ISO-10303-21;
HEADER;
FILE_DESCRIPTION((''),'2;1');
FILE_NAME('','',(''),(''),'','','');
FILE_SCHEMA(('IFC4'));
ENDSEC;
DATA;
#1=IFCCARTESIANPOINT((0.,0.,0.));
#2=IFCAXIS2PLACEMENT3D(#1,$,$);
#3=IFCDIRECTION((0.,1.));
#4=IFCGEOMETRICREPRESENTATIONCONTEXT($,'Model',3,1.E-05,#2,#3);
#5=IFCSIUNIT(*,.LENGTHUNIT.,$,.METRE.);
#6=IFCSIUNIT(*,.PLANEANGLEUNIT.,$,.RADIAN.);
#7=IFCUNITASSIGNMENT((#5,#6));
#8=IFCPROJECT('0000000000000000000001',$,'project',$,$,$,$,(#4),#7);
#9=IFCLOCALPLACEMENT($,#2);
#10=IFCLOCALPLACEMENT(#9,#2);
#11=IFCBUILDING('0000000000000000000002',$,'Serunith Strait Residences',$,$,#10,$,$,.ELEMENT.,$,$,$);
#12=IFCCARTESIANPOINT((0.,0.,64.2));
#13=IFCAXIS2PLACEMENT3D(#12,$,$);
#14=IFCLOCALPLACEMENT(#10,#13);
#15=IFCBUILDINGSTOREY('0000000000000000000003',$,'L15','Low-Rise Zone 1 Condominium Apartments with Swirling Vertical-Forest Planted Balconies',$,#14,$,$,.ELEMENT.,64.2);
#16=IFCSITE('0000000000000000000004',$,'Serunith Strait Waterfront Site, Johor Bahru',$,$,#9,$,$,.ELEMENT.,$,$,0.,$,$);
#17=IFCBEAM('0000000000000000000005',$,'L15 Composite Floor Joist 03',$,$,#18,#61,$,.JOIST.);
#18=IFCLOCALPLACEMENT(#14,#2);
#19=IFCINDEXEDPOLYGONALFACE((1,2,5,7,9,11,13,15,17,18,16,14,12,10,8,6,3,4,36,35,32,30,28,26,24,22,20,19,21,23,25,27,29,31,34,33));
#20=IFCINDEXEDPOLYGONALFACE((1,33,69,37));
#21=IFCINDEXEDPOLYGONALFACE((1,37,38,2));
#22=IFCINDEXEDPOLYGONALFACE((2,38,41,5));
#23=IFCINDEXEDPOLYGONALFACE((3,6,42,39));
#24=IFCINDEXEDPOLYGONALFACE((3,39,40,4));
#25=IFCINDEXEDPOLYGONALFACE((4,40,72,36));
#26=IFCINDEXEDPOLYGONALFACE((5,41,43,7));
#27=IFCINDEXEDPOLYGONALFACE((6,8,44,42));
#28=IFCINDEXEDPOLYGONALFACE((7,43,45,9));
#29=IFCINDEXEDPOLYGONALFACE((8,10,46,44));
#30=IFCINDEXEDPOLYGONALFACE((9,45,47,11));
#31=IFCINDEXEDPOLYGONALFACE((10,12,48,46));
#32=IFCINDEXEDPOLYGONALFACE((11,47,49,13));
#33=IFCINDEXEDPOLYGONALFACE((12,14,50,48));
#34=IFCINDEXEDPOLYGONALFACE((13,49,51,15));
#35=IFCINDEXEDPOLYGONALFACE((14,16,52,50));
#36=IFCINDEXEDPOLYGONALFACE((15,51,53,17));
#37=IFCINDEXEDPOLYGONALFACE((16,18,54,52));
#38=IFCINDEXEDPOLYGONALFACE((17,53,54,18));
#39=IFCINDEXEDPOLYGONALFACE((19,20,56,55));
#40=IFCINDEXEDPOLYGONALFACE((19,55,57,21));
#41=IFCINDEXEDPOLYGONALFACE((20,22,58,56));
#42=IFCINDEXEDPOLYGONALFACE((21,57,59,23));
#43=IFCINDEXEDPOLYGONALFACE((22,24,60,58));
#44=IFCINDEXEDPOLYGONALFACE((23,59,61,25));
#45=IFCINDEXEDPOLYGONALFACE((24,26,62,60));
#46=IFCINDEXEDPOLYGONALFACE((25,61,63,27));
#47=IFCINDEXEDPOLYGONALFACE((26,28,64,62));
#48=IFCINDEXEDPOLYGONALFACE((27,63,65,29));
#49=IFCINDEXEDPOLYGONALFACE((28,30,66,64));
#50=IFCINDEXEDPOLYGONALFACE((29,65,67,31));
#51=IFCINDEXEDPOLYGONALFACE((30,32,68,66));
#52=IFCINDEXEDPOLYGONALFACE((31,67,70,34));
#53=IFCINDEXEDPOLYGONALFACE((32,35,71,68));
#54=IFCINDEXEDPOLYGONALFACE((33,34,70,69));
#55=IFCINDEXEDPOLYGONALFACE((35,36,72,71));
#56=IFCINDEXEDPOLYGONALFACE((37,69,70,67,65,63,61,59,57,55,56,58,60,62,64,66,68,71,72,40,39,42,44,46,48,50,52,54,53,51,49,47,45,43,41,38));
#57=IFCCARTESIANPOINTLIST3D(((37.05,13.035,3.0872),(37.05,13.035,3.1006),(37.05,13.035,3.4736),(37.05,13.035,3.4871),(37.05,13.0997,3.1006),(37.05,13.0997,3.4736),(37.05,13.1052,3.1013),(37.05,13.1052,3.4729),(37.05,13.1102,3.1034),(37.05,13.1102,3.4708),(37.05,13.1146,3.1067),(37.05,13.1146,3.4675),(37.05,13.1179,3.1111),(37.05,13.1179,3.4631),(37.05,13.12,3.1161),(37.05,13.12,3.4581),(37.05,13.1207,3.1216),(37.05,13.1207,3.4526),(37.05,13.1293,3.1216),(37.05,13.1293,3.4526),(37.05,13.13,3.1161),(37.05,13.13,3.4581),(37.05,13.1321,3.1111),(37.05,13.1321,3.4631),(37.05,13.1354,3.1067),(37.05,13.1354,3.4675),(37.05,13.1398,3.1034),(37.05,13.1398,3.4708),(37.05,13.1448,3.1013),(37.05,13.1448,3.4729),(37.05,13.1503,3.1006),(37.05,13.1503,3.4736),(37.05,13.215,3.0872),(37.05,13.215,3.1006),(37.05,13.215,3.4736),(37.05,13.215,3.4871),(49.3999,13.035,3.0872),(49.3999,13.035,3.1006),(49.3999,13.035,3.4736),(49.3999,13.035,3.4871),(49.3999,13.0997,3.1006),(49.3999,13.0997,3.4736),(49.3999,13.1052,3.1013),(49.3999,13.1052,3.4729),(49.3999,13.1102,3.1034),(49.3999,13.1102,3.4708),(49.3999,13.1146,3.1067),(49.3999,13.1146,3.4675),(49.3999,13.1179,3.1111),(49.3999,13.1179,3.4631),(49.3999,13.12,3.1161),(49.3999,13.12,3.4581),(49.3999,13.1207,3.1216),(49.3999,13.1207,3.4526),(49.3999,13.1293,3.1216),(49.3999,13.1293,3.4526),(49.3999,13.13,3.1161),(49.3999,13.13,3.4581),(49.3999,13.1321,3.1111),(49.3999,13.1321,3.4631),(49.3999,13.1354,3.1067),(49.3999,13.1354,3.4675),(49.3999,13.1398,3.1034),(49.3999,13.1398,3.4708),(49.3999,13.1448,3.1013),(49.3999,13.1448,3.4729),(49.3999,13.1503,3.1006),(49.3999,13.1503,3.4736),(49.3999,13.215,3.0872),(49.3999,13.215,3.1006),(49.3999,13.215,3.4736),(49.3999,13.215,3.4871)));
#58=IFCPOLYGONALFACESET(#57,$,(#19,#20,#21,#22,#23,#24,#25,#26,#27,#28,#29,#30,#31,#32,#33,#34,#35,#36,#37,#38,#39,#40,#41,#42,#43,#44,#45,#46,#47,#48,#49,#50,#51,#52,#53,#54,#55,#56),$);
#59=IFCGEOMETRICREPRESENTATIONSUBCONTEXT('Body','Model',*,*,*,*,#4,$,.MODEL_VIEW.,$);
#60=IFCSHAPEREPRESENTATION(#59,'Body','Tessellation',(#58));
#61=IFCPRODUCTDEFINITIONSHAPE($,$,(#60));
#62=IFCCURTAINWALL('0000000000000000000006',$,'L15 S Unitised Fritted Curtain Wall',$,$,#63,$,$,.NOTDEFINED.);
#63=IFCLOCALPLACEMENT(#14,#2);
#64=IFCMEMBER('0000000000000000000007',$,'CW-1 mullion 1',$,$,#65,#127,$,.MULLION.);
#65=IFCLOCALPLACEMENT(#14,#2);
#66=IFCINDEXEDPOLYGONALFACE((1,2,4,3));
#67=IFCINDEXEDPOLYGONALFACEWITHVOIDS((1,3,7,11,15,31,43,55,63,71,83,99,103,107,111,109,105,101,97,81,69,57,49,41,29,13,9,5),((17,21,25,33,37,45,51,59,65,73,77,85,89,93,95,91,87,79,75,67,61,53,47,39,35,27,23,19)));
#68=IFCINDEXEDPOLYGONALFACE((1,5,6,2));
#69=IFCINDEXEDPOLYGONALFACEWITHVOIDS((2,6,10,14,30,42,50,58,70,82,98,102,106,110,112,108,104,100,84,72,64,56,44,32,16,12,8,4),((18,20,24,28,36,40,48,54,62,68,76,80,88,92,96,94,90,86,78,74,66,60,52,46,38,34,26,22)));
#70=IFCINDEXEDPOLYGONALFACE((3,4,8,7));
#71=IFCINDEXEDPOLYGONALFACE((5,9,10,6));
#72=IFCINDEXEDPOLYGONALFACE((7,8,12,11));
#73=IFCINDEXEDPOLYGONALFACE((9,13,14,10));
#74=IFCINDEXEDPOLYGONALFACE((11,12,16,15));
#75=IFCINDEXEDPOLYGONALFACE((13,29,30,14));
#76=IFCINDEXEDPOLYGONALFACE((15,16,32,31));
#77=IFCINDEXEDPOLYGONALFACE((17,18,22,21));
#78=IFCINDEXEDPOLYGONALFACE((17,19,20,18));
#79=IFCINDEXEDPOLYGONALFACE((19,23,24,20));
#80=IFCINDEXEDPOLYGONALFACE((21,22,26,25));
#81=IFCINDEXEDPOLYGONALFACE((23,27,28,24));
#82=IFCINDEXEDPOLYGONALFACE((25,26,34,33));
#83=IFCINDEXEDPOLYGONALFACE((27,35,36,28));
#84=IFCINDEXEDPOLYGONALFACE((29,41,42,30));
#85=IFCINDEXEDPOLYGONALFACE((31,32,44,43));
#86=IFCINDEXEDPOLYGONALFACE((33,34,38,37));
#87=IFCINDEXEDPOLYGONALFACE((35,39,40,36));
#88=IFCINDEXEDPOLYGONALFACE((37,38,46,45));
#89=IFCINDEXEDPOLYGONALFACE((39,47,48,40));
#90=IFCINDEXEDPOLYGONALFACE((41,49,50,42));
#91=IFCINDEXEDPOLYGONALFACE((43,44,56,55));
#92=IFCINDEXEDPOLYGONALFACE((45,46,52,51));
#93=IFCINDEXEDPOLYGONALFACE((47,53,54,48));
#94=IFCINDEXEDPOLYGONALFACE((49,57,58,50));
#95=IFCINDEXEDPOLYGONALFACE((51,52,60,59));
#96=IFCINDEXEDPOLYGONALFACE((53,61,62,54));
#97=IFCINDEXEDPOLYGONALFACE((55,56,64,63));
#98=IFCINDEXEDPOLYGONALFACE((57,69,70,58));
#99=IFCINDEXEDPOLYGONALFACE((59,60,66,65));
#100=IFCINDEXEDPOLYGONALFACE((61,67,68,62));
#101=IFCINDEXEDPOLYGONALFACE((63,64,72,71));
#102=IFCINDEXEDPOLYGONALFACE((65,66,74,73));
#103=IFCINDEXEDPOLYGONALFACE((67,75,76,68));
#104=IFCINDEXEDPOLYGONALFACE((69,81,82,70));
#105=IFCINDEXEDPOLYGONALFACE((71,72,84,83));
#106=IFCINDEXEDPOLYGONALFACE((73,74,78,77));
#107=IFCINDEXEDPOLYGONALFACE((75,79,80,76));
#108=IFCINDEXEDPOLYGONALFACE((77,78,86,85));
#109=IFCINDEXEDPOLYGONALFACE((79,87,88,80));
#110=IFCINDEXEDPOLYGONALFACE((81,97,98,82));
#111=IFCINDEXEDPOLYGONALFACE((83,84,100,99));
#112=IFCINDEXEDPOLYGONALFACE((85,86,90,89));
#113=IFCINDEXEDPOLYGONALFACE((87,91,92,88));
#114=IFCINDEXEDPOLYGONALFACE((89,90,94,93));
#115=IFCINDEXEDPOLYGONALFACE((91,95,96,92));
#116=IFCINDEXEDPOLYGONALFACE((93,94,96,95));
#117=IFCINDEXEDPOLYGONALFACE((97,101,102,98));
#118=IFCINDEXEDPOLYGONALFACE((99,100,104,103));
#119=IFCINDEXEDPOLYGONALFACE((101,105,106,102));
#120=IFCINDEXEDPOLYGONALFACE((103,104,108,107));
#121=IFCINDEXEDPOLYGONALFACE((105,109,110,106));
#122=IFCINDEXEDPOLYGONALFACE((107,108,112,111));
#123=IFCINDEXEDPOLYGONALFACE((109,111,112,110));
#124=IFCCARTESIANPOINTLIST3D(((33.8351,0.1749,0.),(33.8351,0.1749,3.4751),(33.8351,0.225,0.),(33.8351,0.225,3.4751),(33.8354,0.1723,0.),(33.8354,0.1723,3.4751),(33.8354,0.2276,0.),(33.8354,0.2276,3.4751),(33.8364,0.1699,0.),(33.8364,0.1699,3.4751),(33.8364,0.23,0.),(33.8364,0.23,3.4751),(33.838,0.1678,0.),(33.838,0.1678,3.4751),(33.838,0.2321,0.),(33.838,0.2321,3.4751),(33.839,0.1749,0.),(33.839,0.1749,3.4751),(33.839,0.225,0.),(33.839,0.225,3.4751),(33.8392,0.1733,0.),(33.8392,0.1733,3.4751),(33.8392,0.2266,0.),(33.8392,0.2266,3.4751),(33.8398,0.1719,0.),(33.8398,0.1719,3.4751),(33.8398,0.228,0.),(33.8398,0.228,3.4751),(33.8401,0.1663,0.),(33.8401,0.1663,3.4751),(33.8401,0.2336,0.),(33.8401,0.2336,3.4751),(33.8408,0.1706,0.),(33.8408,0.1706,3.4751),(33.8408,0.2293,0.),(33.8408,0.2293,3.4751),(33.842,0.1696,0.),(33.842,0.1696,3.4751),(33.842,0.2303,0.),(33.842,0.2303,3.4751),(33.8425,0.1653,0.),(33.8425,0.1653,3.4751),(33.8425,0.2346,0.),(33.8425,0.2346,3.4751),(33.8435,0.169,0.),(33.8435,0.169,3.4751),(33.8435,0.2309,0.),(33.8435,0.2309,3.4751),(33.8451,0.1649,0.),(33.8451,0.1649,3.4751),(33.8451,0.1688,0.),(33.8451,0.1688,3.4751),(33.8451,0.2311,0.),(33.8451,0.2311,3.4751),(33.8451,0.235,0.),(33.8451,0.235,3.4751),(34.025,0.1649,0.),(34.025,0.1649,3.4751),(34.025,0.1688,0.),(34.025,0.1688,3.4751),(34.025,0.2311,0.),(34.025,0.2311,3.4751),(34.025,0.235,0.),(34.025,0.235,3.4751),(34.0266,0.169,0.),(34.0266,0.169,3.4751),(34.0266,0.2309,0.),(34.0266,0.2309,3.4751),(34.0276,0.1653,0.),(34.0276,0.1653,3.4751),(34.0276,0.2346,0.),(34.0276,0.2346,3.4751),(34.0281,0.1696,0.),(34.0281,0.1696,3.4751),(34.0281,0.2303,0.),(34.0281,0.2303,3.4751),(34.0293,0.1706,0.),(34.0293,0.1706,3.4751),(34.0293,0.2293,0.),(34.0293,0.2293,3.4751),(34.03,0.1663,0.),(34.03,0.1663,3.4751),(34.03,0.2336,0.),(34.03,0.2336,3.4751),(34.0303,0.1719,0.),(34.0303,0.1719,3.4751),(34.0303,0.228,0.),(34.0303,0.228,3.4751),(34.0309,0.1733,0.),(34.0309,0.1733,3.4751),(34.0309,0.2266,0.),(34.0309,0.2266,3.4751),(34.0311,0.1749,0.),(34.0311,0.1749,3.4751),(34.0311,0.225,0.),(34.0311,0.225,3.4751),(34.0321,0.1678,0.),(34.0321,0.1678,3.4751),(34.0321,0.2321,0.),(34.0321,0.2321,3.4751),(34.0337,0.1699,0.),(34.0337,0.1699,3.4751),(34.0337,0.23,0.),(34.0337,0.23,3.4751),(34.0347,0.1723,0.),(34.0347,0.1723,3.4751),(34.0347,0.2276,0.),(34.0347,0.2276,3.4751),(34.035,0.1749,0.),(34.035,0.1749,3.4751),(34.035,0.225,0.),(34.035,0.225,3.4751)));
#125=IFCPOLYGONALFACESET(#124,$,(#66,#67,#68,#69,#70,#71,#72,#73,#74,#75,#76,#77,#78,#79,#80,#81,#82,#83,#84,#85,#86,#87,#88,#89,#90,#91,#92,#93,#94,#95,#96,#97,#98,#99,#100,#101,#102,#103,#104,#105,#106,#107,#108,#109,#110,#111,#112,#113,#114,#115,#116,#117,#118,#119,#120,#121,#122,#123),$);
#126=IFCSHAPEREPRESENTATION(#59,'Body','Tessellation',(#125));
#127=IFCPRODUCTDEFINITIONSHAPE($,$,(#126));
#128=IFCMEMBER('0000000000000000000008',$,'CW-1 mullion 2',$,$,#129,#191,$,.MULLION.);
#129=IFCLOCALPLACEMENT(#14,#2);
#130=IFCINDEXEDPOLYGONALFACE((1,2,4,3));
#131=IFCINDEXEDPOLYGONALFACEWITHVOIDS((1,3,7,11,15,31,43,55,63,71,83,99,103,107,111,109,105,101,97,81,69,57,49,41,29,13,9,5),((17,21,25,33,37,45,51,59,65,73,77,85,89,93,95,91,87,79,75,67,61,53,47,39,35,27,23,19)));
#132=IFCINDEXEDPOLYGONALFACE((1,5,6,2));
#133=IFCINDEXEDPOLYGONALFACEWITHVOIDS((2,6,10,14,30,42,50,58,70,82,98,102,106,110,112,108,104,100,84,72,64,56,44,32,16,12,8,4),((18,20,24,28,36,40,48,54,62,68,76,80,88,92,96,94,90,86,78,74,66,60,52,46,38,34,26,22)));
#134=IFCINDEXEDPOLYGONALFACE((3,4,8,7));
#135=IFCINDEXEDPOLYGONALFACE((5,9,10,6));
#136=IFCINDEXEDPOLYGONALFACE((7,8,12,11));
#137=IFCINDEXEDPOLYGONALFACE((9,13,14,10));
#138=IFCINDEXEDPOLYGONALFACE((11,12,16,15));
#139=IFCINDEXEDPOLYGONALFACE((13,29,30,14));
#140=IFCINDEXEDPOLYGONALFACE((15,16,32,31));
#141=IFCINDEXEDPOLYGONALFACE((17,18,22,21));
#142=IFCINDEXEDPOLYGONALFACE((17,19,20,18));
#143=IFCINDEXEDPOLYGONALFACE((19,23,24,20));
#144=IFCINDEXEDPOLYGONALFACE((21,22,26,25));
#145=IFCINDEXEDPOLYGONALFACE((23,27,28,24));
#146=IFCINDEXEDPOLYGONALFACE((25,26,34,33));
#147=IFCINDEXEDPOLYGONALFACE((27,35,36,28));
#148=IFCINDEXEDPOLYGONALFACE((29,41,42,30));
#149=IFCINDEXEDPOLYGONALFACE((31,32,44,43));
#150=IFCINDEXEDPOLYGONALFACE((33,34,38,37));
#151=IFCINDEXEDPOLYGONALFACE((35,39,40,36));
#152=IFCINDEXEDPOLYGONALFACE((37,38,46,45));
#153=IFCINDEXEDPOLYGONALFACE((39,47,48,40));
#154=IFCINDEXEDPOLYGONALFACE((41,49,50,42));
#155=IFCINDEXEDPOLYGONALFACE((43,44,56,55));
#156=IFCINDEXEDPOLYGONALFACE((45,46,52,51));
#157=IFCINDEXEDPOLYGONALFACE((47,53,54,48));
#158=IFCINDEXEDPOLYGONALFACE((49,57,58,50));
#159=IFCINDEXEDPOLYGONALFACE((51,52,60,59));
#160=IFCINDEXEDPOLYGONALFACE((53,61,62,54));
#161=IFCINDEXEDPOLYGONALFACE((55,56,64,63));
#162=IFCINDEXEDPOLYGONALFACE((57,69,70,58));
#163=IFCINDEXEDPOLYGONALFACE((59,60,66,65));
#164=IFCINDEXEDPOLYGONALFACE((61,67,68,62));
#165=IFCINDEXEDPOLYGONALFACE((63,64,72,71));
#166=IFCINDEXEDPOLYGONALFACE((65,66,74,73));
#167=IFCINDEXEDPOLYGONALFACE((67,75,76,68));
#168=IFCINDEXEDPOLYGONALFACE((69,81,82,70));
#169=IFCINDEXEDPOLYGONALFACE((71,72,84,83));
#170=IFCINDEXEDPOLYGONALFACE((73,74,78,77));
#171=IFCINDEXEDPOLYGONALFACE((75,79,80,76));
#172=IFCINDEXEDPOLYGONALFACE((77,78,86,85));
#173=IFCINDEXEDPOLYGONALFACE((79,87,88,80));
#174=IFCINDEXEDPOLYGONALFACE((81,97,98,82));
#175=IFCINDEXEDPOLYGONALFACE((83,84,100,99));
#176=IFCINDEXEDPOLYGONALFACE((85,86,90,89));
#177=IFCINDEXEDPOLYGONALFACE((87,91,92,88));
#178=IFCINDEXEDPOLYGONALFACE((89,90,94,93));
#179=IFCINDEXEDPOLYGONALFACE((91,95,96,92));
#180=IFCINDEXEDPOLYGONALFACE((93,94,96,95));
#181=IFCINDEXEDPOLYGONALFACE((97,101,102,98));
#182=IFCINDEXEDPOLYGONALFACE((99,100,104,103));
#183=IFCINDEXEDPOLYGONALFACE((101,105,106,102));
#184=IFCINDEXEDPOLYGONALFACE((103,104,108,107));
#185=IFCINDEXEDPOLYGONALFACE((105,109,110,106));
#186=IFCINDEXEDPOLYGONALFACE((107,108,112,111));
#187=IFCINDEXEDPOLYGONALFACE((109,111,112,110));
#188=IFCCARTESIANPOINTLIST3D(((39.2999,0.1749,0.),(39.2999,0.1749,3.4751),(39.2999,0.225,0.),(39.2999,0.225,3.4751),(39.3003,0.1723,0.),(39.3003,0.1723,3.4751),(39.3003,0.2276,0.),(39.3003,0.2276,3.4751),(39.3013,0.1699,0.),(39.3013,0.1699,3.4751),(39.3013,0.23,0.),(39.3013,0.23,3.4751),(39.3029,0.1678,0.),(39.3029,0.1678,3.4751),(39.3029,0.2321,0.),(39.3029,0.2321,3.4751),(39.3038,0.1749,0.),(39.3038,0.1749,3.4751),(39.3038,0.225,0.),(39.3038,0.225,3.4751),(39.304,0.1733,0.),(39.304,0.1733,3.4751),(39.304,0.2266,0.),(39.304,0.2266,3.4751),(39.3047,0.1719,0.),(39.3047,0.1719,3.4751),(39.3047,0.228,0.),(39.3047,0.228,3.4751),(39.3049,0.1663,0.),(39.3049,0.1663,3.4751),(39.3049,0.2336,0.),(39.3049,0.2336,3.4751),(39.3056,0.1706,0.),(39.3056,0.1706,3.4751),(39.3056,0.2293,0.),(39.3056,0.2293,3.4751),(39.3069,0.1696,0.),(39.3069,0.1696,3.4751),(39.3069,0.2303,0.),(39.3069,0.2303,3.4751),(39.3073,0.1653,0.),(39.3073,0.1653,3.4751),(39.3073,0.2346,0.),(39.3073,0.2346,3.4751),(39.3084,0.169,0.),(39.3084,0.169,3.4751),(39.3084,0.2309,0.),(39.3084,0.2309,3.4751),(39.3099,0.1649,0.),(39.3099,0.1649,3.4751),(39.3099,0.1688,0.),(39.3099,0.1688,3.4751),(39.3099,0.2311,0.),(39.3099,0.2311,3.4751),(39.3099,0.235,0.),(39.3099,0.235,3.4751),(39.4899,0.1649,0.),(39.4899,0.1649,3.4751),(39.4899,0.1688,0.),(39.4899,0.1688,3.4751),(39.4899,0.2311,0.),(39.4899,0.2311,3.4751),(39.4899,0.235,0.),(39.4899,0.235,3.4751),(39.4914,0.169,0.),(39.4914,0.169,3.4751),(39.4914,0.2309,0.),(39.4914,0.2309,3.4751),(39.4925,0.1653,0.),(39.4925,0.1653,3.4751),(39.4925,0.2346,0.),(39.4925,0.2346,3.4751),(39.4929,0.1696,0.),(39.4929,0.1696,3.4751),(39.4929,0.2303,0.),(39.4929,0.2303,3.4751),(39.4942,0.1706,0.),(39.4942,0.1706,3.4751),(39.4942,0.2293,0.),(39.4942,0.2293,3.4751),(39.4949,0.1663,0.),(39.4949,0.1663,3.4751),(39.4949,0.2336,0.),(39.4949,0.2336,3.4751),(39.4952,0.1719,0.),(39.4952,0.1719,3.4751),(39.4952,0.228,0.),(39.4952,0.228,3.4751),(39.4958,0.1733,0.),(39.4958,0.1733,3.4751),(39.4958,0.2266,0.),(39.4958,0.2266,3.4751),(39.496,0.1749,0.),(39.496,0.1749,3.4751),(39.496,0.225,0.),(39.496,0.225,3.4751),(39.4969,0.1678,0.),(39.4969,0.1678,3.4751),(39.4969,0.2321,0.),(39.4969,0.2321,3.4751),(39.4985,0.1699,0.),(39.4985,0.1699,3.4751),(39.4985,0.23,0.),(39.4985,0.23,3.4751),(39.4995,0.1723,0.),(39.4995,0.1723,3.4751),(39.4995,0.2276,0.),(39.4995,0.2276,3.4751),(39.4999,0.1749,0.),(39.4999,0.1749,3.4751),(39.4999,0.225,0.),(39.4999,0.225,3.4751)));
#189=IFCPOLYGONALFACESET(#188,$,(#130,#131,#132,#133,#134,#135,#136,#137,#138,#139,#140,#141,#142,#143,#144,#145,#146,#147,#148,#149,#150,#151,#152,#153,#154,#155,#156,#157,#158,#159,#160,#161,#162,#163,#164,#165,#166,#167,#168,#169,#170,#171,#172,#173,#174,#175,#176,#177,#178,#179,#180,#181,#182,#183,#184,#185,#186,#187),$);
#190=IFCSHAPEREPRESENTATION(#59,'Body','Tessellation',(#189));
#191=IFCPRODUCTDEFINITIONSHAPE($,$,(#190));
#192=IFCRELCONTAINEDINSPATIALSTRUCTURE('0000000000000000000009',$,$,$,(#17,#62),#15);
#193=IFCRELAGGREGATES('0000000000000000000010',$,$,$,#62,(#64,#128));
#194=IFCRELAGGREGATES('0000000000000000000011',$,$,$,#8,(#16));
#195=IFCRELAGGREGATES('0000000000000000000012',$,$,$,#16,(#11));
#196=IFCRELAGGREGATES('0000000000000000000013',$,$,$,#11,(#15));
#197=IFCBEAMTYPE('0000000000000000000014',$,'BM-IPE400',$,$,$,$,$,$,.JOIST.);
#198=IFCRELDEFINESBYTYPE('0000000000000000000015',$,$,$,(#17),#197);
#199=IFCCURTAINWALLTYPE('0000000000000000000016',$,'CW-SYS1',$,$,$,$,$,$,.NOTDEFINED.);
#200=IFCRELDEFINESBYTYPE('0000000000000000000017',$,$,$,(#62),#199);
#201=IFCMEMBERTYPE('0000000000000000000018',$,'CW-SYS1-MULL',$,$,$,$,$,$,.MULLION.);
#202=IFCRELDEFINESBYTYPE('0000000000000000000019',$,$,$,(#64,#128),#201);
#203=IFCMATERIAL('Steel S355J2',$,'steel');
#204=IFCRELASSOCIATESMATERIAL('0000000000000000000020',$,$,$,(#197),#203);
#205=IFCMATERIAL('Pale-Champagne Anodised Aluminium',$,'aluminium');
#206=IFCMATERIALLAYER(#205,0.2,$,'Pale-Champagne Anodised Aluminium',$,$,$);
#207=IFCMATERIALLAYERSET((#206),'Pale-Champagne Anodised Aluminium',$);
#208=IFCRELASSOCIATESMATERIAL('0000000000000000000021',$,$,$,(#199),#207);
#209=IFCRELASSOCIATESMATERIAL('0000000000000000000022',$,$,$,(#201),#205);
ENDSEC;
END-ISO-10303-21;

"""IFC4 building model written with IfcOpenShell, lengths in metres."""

from ifc_helpers import new_model, si_unit, direction, frame, origin, origin_2d, place, context, subcontext, project, spatial, hollow_rectangle, i_section, extrude, source, transform, mapped, material, layer, layer_set, material_profile, profile_set, type_object, element, aggregate, save


model = new_model("IFC4")

# Units and contexts
model_context = context("Model", 3, precision=1e-05, world=origin(), true_north=direction((0.0, 1.0)))
body_context = subcontext(model_context, "Body", "Model", "MODEL_VIEW")
ifc_project = project(units=[si_unit("LENGTHUNIT", "METRE"), si_unit("PLANEANGLEUNIT", "RADIAN")], contexts=[model_context])

# Site, building, storey
site_placement = place(None, origin())
site = spatial("IfcSite", under=ifc_project, at=site_placement, Name="Serunith Strait Waterfront Site, Johor Bahru", CompositionType="ELEMENT", RefElevation=0.0)
building_placement = place(site_placement, origin())
building = spatial("IfcBuilding", under=site, at=building_placement, Name="Serunith Strait Residences", CompositionType="ELEMENT")
storey_placement = place(building_placement, frame((0.0, 0.0, 64.2)))
storey = spatial("IfcBuildingStorey", under=building, at=storey_placement, Name="L15", Description="Low-Rise Zone 1 Condominium Apartments with Swirling Vertical-Forest Planted Balconies", CompositionType="ELEMENT", Elevation=64.2)

# Beam
ifc_material_1 = material(Name="Steel S355J2", Category="steel")
ifc_material_profile_1 = material_profile(ifc_material_1, i_section(OverallWidth=0.1799, OverallDepth=0.3999, WebThickness=0.0085, FlangeThickness=0.0134, FilletRadius=0.021, at=origin_2d()), Name="IPE 400")
ifc_profile_set_1 = profile_set([ifc_material_profile_1], Name="Steel S355J2")
beam_type_1 = type_object("IfcBeamType", Name="BM-IPE400", PredefinedType="JOIST", material=ifc_profile_set_1)
shared_shape_1 = source(origin(), body_context, "Body", "SweptSolid", [
    extrude(i_section(OverallWidth=0.1799, OverallDepth=0.3999, WebThickness=0.0085, FlangeThickness=0.0134, FilletRadius=0.021, at=origin_2d()), origin(), (0.0, 0.0, 1.0), 12.3499),
])
beam_1_placement = place(storey_placement, frame((37.05, 13.125, 3.2871), z_axis=(1.0, 0.0, 0.0), x_axis=(0.0, 1.0, 0.0)))
element("IfcBeam", 1, at=beam_1_placement, inside=storey, type_object=beam_type_1, Name="L15 Composite Floor Joist 03", PredefinedType="JOIST", context=body_context, shape_type="MappedRepresentation", body=[
    mapped(shared_shape_1, transform((0.0, 0.0, 0.0), scale=1.0)),
])

# Curtain wall, members
ifc_material_2 = material(Name="Pale-Champagne Anodised Aluminium", Category="aluminium")
ifc_layer_1 = layer(ifc_material_2, 0.2, Name="Pale-Champagne Anodised Aluminium")
ifc_layer_set_1 = layer_set([ifc_layer_1], Name="Pale-Champagne Anodised Aluminium")
curtain_wall_type = type_object("IfcCurtainWallType", Name="CW-SYS1", PredefinedType="NOTDEFINED", material=ifc_layer_set_1)
curtain_wall_placement = place(storey_placement, origin())
curtain_wall = element("IfcCurtainWall", 2, at=curtain_wall_placement, inside=storey, type_object=curtain_wall_type, Name="L15 S Unitised Fritted Curtain Wall", PredefinedType="NOTDEFINED")
ifc_material_profile_2 = material_profile(ifc_material_2, hollow_rectangle(XDim=0.0701, YDim=0.2, WallThickness=0.0039, InnerFilletRadius=0.0061, OuterFilletRadius=0.01, at=origin_2d()), Name="ALU 200x70x4")
ifc_profile_set_2 = profile_set([ifc_material_profile_2], Name="Pale-Champagne Anodised Aluminium")
member_type_1 = type_object("IfcMemberType", Name="CW-SYS1-MULL", PredefinedType="MULLION", material=ifc_profile_set_2)
shared_shape_2 = source(origin(), body_context, "Body", "SweptSolid", [
    extrude(hollow_rectangle(XDim=0.0701, YDim=0.2, WallThickness=0.0039, InnerFilletRadius=0.0061, OuterFilletRadius=0.01, at=origin_2d()), origin(), (0.0, 0.0, 1.0), 3.4751),
])
member_1_placement = place(storey_placement, frame((33.9351, 0.2, 0.0), z_axis=(0.0, 0.0, 1.0), x_axis=(0.0, 1.0, 0.0)))
member_1 = element("IfcMember", 3, at=member_1_placement, type_object=member_type_1, Name="CW-1 mullion 1", PredefinedType="MULLION", context=body_context, shape_type="MappedRepresentation", body=[
    mapped(shared_shape_2, transform((0.0, 0.0, 0.0), scale=1.0)),
])
member_2_placement = place(storey_placement, frame((39.3999, 0.2, 0.0), z_axis=(0.0, 0.0, 1.0), x_axis=(0.0, 1.0, 0.0)))
member_2 = element("IfcMember", 4, at=member_2_placement, type_object=member_type_1, Name="CW-1 mullion 2", PredefinedType="MULLION", context=body_context, shape_type="MappedRepresentation", body=[
    mapped(shared_shape_2, transform((0.0, 0.0, 0.0), scale=1.0)),
])
aggregate(curtain_wall, [member_1, member_2])

save(model, "model.ifc")
